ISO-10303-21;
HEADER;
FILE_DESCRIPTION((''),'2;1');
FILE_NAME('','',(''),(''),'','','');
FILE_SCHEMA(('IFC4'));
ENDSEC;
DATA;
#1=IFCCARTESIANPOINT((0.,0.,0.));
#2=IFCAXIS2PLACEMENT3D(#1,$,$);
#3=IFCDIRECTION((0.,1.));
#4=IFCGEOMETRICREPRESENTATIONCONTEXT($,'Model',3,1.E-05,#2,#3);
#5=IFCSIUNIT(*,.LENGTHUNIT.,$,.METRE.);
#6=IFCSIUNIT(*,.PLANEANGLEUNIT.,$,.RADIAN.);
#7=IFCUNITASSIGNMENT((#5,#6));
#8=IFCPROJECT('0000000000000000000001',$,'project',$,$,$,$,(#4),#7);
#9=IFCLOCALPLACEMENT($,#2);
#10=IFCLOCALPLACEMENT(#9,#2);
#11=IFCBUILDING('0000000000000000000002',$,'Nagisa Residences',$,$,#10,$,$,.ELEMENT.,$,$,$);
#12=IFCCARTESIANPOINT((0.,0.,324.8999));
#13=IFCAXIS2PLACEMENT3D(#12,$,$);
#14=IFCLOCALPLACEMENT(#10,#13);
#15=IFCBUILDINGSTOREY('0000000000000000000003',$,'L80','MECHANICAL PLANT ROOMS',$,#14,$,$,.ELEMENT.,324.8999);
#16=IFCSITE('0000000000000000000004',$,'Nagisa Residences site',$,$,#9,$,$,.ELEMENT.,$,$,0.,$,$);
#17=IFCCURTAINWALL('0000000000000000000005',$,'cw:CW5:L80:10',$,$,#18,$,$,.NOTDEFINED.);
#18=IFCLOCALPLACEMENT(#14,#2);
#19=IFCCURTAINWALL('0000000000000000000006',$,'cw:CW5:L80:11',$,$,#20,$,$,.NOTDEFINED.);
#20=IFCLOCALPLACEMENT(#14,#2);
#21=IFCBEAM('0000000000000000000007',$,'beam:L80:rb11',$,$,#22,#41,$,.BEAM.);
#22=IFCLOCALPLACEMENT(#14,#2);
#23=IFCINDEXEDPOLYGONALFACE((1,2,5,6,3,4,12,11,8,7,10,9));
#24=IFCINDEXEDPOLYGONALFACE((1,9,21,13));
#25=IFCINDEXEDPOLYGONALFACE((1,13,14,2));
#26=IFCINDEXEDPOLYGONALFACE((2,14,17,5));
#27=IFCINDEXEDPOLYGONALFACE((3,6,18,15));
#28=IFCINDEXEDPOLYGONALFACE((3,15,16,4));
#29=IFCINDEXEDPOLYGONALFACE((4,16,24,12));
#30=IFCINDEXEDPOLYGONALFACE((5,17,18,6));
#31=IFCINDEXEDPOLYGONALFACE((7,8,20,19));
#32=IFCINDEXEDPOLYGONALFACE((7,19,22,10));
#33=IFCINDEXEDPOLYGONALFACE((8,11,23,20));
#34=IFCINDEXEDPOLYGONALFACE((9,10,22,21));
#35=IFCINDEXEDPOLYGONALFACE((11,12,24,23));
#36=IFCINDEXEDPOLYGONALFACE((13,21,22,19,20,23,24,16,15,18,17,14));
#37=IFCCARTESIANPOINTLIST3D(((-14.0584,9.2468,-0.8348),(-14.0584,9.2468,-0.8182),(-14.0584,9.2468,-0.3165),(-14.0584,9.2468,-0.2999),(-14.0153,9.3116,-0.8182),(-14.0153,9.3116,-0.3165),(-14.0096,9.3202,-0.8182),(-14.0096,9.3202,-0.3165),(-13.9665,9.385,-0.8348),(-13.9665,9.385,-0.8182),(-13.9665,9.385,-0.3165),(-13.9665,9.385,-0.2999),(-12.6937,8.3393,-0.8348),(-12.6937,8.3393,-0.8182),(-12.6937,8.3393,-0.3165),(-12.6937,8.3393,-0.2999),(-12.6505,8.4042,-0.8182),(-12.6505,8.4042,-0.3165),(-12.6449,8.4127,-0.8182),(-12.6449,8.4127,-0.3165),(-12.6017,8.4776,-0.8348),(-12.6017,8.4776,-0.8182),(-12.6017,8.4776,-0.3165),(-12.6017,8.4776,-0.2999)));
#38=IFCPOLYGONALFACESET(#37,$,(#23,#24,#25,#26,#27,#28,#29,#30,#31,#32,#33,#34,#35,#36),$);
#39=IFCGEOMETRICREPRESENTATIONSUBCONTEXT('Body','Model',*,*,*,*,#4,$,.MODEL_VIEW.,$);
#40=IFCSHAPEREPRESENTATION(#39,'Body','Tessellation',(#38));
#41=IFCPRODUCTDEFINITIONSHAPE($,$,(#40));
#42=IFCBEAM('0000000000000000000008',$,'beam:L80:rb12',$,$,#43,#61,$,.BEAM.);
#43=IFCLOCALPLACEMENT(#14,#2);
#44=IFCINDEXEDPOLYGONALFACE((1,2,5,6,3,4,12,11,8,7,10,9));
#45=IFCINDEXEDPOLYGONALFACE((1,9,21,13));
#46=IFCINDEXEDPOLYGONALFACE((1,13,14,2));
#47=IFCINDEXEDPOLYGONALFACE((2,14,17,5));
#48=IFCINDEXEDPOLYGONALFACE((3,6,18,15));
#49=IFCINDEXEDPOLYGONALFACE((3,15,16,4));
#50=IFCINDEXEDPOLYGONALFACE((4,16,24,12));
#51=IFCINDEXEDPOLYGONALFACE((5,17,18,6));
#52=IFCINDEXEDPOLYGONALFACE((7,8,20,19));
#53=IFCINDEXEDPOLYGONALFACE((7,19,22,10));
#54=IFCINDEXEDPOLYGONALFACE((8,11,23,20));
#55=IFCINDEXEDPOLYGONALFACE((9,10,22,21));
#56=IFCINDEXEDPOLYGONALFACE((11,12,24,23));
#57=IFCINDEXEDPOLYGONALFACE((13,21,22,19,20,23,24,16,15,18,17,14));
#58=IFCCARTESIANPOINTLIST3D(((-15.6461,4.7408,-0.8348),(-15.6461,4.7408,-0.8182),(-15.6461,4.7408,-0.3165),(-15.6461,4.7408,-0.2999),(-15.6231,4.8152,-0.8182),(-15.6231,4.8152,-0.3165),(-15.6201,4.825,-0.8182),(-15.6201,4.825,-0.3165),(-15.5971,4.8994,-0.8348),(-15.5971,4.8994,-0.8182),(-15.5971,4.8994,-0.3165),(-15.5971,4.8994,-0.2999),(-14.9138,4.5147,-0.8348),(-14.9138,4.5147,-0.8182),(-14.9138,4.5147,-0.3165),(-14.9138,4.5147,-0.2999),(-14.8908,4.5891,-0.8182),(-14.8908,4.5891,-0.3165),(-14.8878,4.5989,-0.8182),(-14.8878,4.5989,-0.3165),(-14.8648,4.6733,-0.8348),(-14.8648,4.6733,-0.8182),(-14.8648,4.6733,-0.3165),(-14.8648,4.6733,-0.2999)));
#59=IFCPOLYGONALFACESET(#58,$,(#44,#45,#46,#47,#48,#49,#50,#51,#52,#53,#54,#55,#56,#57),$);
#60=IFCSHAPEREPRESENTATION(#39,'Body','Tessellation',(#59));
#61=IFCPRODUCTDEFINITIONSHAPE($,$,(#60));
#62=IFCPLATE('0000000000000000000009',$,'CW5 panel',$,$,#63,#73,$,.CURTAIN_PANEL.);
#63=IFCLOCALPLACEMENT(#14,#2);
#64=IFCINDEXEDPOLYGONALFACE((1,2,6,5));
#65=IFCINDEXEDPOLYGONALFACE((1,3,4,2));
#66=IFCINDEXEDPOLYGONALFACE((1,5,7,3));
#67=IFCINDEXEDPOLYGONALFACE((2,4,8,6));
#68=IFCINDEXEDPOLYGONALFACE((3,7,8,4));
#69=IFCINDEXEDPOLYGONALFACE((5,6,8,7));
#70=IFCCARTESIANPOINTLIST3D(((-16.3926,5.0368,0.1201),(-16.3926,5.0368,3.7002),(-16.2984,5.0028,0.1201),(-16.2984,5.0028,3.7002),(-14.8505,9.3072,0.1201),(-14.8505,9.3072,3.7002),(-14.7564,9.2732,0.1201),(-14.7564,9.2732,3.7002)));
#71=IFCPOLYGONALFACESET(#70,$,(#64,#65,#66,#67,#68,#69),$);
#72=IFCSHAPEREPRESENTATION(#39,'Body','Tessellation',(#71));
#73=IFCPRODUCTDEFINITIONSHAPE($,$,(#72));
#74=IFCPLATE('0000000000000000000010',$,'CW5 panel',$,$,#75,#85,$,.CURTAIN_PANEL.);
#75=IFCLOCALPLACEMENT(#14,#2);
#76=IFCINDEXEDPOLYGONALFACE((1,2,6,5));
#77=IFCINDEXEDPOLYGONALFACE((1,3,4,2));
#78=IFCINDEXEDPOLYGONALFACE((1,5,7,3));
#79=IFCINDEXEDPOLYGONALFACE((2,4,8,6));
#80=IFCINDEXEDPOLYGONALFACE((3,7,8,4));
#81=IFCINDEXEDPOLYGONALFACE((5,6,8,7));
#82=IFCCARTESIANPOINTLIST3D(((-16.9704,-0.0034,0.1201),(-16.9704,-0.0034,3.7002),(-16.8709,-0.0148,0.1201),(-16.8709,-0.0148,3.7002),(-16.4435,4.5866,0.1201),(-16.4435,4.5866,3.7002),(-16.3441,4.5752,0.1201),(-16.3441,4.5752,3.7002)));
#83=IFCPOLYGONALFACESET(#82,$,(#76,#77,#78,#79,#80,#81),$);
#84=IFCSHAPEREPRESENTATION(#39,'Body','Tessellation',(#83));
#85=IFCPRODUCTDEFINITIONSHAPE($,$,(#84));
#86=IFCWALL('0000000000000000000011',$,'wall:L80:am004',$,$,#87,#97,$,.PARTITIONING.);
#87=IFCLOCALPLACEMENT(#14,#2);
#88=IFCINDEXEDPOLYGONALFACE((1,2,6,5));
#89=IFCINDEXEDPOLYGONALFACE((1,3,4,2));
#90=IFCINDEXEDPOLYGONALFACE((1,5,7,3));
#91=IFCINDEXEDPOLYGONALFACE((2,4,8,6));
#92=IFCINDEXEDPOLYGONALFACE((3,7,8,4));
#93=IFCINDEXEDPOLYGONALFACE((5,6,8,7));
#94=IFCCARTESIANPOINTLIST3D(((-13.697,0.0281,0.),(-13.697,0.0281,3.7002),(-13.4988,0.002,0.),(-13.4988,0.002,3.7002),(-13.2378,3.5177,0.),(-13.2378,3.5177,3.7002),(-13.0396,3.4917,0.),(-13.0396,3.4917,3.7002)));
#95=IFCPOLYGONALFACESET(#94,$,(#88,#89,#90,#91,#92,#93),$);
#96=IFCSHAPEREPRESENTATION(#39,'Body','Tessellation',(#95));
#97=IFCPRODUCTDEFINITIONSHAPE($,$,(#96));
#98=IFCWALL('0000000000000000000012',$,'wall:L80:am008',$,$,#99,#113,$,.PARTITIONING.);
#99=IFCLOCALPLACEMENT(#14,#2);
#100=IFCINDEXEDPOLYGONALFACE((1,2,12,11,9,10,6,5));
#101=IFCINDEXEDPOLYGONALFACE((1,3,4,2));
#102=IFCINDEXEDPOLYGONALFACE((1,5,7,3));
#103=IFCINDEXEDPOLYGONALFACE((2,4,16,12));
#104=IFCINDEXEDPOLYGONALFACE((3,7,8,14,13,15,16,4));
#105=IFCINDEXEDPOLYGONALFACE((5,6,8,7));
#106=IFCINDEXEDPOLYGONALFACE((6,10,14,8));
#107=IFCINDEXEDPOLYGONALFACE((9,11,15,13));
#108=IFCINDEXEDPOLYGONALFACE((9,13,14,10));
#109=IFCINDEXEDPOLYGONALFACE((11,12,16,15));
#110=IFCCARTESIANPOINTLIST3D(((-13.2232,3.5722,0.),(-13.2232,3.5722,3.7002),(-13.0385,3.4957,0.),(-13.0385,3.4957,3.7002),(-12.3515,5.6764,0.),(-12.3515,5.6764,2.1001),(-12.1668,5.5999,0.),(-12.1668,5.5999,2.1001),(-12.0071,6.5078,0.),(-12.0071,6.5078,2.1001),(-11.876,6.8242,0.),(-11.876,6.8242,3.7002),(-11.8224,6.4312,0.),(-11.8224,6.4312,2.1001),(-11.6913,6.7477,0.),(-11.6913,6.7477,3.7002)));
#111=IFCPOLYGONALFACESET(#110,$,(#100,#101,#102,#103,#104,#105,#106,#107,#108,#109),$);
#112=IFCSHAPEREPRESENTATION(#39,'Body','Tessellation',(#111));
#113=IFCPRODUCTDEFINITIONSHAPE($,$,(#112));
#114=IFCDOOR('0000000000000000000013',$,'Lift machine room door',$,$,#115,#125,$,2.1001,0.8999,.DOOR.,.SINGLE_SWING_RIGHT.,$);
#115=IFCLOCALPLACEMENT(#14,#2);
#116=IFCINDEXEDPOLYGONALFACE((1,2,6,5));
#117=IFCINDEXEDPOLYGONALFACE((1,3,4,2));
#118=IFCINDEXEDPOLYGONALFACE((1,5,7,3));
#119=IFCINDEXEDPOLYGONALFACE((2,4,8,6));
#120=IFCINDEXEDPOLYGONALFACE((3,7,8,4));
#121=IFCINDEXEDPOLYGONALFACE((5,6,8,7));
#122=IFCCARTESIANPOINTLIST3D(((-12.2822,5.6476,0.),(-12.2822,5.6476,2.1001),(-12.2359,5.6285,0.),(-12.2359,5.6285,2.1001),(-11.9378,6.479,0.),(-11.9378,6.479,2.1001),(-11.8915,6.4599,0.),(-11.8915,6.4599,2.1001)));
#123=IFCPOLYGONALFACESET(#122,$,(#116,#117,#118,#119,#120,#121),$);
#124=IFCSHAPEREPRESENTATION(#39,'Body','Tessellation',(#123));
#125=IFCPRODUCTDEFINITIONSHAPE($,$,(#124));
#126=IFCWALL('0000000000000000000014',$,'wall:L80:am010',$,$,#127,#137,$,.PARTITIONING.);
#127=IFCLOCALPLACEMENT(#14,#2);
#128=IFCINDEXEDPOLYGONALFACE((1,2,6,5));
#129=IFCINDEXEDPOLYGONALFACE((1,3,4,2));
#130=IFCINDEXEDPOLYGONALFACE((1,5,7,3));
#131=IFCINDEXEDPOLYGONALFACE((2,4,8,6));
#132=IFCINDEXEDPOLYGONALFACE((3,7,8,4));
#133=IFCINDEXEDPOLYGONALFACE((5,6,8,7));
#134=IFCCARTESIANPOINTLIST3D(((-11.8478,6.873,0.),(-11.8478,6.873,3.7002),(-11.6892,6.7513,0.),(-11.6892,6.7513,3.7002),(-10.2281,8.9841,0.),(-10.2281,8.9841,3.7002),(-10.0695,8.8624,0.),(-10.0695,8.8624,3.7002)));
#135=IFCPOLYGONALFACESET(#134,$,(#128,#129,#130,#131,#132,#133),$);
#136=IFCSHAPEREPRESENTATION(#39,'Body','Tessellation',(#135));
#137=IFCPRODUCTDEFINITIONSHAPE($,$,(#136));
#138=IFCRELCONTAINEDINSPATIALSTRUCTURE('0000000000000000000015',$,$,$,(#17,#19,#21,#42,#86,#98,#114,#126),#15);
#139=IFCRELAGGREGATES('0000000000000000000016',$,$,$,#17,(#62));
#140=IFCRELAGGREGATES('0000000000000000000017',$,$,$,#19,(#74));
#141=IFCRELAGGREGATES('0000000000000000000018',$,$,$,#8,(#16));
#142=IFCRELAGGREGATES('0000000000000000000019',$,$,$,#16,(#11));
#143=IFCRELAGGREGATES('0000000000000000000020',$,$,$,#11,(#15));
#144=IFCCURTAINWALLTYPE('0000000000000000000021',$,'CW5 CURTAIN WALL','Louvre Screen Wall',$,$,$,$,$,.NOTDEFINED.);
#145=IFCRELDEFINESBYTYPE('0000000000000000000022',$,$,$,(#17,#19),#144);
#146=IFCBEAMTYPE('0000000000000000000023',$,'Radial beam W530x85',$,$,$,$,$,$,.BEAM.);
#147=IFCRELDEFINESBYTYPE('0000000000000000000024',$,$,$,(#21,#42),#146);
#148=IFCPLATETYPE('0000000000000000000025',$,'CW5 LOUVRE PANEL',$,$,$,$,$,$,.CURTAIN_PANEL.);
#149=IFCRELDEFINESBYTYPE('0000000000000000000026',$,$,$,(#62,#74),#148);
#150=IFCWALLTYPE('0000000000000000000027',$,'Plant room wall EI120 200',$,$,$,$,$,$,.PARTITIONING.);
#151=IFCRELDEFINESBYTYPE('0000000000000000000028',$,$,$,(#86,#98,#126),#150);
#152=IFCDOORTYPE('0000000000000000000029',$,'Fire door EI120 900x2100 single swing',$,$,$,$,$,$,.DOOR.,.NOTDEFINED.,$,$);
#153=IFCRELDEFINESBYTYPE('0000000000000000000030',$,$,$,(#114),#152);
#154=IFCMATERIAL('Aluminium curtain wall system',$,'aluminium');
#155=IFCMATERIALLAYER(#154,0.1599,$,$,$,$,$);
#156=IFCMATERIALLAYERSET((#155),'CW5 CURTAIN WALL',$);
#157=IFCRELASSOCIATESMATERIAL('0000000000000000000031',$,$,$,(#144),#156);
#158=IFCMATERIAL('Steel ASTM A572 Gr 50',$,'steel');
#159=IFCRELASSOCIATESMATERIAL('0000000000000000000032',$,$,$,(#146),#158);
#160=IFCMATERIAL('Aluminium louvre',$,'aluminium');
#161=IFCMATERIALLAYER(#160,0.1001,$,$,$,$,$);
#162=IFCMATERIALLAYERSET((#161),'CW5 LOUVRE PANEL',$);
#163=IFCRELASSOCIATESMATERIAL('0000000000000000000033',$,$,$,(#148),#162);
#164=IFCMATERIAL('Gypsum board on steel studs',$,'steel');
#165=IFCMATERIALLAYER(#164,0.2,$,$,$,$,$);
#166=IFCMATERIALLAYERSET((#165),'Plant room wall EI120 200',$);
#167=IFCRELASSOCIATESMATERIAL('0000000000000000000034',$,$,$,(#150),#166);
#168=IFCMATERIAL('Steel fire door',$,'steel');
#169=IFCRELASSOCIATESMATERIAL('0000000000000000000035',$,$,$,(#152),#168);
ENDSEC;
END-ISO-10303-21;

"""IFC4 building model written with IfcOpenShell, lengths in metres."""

from ifc_helpers import new_model, si_unit, direction, frame, frame_2d, origin, origin_2d, place, context, subcontext, project, spatial, rectangle, i_section, extrude, material, layer, layer_set, material_profile, profile_set, type_object, element, fill, aggregate, save


model = new_model("IFC4")

# Units and contexts
model_context = context("Model", 3, precision=1e-05, world=origin(), true_north=direction((0.0, 1.0)))
body_context = subcontext(model_context, "Body", "Model", "MODEL_VIEW")
ifc_project = project(units=[si_unit("LENGTHUNIT", "METRE"), si_unit("PLANEANGLEUNIT", "RADIAN")], contexts=[model_context])

# Site, building, storey
site_placement = place(None, origin())
site = spatial("IfcSite", under=ifc_project, at=site_placement, Name="Nagisa Residences site", CompositionType="ELEMENT", RefElevation=0.0)
building_placement = place(site_placement, origin())
building = spatial("IfcBuilding", under=site, at=building_placement, Name="Nagisa Residences", CompositionType="ELEMENT")
storey_placement = place(building_placement, frame((0.0, 0.0, 324.8999)))
storey = spatial("IfcBuildingStorey", under=building, at=storey_placement, Name="L80", Description="MECHANICAL PLANT ROOMS", CompositionType="ELEMENT", Elevation=324.8999)

# Curtain walls
ifc_material_1 = material(Name="Aluminium curtain wall system", Category="aluminium")
ifc_layer_1 = layer(ifc_material_1, 0.1599)
ifc_layer_set_1 = layer_set([ifc_layer_1], Name="CW5 CURTAIN WALL")
curtain_wall_type = type_object("IfcCurtainWallType", Name="CW5 CURTAIN WALL", Description="Louvre Screen Wall", PredefinedType="NOTDEFINED", material=ifc_layer_set_1)
curtain_wall_1_placement = place(storey_placement, origin())
curtain_wall_1 = element("IfcCurtainWall", 1, at=curtain_wall_1_placement, inside=storey, type_object=curtain_wall_type, Name="cw:CW5:L80:10", PredefinedType="NOTDEFINED")
curtain_wall_2_placement = place(storey_placement, origin())
curtain_wall_2 = element("IfcCurtainWall", 2, at=curtain_wall_2_placement, inside=storey, type_object=curtain_wall_type, Name="cw:CW5:L80:11", PredefinedType="NOTDEFINED")

# Beams
ifc_material_2 = material(Name="Steel ASTM A572 Gr 50", Category="steel")
ifc_material_profile_1 = material_profile(ifc_material_2, i_section(OverallWidth=0.166, OverallDepth=0.5349, WebThickness=0.0103, FlangeThickness=0.0166, at=origin_2d()), Name="W530x85")
ifc_profile_set_1 = profile_set([ifc_material_profile_1], Name="Steel ASTM A572 Gr 50")
beam_type_1 = type_object("IfcBeamType", Name="Radial beam W530x85", PredefinedType="BEAM", material=ifc_profile_set_1)
beam_1_placement = place(storey_placement, frame((-14.0125, 9.3159, -0.5674), z_axis=(0.832714, -0.553703, 0.0), x_axis=(0.553703, 0.832714, 0.0)))
element("IfcBeam", 3, at=beam_1_placement, inside=storey, type_object=beam_type_1, Name="beam:L80:rb11", PredefinedType="BEAM", context=body_context, shape_type="SweptSolid", body=[
    extrude(i_section(OverallWidth=0.166, OverallDepth=0.5349, WebThickness=0.0103, FlangeThickness=0.0166, at=origin_2d()), origin(), (0.0, 0.0, 1.0), 1.6389),
])
beam_2_placement = place(storey_placement, frame((-15.6216, 4.8201, -0.5674), z_axis=(0.955489, -0.295026, 0.0), x_axis=(0.295026, 0.955489, 0.0)))
element("IfcBeam", 4, at=beam_2_placement, inside=storey, type_object=beam_type_1, Name="beam:L80:rb12", PredefinedType="BEAM", context=body_context, shape_type="SweptSolid", body=[
    extrude(i_section(OverallWidth=0.166, OverallDepth=0.5349, WebThickness=0.0103, FlangeThickness=0.0166, at=origin_2d()), origin(), (0.0, 0.0, 1.0), 0.7664),
])

# Plates
ifc_material_3 = material(Name="Aluminium louvre", Category="aluminium")
ifc_layer_2 = layer(ifc_material_3, 0.1001)
ifc_layer_set_2 = layer_set([ifc_layer_2], Name="CW5 LOUVRE PANEL")
plate_type = type_object("IfcPlateType", Name="CW5 LOUVRE PANEL", PredefinedType="CURTAIN_PANEL", material=ifc_layer_set_2)
plate_1_placement = place(storey_placement, frame((-15.5745, 7.155, 0.1201), z_axis=(0.0, 0.0, 1.0), x_axis=(-0.339643, -0.940554, 0.0)))
plate_1 = element("IfcPlate", 5, at=plate_1_placement, type_object=plate_type, Name="CW5 panel", PredefinedType="CURTAIN_PANEL", context=body_context, shape_type="SweptSolid", body=[
    extrude(rectangle(XDim=4.5403, YDim=0.1001, at=origin_2d()), origin(), (0.0, 0.0, 1.0), 3.5801),
])
aggregate(curtain_wall_1, [plate_1])
plate_2_placement = place(storey_placement, frame((-16.6572, 2.2859, 0.1201), z_axis=(0.0, 0.0, 1.0), x_axis=(-0.114025, -0.993478, 0.0)))
plate_2 = element("IfcPlate", 6, at=plate_2_placement, type_object=plate_type, Name="CW5 panel", PredefinedType="CURTAIN_PANEL", context=body_context, shape_type="SweptSolid", body=[
    extrude(rectangle(XDim=4.6201, YDim=0.1001, at=origin_2d()), origin(), (0.0, 0.0, 1.0), 3.5801),
])
aggregate(curtain_wall_2, [plate_2])

# Wall
ifc_material_4 = material(Name="Gypsum board on steel studs", Category="steel")
ifc_layer_3 = layer(ifc_material_4, 0.2)
ifc_layer_set_3 = layer_set([ifc_layer_3], Name="Plant room wall EI120 200")
wall_type = type_object("IfcWallType", Name="Plant room wall EI120 200", PredefinedType="PARTITIONING", material=ifc_layer_set_3)
wall_1_placement = place(storey_placement, frame((-13.5979, 0.0151, 0.0), z_axis=(0.0, 0.0, 1.0), x_axis=(0.130469, 0.991452, 0.0)))
element("IfcWall", 7, at=wall_1_placement, inside=storey, type_object=wall_type, Name="wall:L80:am004", PredefinedType="PARTITIONING", context=body_context, shape_type="SweptSolid", body=[
    extrude(rectangle(XDim=3.5198, YDim=0.2, at=frame_2d((1.7598, 0.0))), origin(), (0.0, 0.0, 1.0), 3.7002),
])

# Wall, opening, door
wall_2_placement = place(storey_placement, frame((-13.1309, 3.5339, 0.0), z_axis=(0.0, 0.0, 1.0), x_axis=(0.382723, 0.923863, 0.0)))
wall_2 = element("IfcWall", 8, at=wall_2_placement, inside=storey, type_object=wall_type, Name="wall:L80:am008", PredefinedType="PARTITIONING", context=body_context, shape_type="SweptSolid", body=[
    extrude(rectangle(XDim=3.52, YDim=0.2, at=frame_2d((1.76, 0.0))), origin(), (0.0, 0.0, 1.0), 3.7002),
])
opening_placement = place(wall_2_placement, frame((2.2776, 0.0, 0.0)))
opening = element("IfcOpeningElement", 9, at=opening_placement, cuts=wall_2, PredefinedType="OPENING", context=body_context, shape_type="SweptSolid", body=[
    extrude(rectangle(XDim=0.8999, YDim=2.1001, at=frame_2d((0.45, 1.05))), frame((0.0, 0.1099, 0.0), z_axis=(0.0, -1.0, 0.0), x_axis=(1.0, 0.0, 0.0)), (0.0, 0.0, 1.0), 0.22),
])
ifc_material_5 = material(Name="Steel fire door", Category="steel")
door_type = type_object("IfcDoorType", Name="Fire door EI120 900x2100 single swing", OperationType="NOTDEFINED", PredefinedType="DOOR", material=ifc_material_5)
door_placement = place(opening_placement, origin())
door = element("IfcDoor", 10, at=door_placement, inside=storey, type_object=door_type, Name="Lift machine room door", OperationType="SINGLE_SWING_RIGHT", OverallHeight=2.1001, OverallWidth=0.8999, PredefinedType="DOOR", context=body_context, shape_type="SweptSolid", body=[
    extrude(rectangle(XDim=0.8999, YDim=2.1001, at=frame_2d((0.45, 1.05))), frame((0.0, 0.0249, 0.0), z_axis=(0.0, -1.0, 0.0), x_axis=(1.0, 0.0, 0.0)), (0.0, 0.0, 1.0), 0.05),
])
fill(opening, door)

# Wall
wall_3_placement = place(storey_placement, frame((-11.7686, 6.812, 0.0), z_axis=(0.0, 0.0, 1.0), x_axis=(0.608699, 0.793401, 0.0)))
element("IfcWall", 11, at=wall_3_placement, inside=storey, type_object=wall_type, Name="wall:L80:am010", PredefinedType="PARTITIONING", context=body_context, shape_type="SweptSolid", body=[
    extrude(rectangle(XDim=2.6609, YDim=0.2, at=frame_2d((1.3306, 0.0))), origin(), (0.0, 0.0, 1.0), 3.7002),
])

save(model, "model.ifc")
